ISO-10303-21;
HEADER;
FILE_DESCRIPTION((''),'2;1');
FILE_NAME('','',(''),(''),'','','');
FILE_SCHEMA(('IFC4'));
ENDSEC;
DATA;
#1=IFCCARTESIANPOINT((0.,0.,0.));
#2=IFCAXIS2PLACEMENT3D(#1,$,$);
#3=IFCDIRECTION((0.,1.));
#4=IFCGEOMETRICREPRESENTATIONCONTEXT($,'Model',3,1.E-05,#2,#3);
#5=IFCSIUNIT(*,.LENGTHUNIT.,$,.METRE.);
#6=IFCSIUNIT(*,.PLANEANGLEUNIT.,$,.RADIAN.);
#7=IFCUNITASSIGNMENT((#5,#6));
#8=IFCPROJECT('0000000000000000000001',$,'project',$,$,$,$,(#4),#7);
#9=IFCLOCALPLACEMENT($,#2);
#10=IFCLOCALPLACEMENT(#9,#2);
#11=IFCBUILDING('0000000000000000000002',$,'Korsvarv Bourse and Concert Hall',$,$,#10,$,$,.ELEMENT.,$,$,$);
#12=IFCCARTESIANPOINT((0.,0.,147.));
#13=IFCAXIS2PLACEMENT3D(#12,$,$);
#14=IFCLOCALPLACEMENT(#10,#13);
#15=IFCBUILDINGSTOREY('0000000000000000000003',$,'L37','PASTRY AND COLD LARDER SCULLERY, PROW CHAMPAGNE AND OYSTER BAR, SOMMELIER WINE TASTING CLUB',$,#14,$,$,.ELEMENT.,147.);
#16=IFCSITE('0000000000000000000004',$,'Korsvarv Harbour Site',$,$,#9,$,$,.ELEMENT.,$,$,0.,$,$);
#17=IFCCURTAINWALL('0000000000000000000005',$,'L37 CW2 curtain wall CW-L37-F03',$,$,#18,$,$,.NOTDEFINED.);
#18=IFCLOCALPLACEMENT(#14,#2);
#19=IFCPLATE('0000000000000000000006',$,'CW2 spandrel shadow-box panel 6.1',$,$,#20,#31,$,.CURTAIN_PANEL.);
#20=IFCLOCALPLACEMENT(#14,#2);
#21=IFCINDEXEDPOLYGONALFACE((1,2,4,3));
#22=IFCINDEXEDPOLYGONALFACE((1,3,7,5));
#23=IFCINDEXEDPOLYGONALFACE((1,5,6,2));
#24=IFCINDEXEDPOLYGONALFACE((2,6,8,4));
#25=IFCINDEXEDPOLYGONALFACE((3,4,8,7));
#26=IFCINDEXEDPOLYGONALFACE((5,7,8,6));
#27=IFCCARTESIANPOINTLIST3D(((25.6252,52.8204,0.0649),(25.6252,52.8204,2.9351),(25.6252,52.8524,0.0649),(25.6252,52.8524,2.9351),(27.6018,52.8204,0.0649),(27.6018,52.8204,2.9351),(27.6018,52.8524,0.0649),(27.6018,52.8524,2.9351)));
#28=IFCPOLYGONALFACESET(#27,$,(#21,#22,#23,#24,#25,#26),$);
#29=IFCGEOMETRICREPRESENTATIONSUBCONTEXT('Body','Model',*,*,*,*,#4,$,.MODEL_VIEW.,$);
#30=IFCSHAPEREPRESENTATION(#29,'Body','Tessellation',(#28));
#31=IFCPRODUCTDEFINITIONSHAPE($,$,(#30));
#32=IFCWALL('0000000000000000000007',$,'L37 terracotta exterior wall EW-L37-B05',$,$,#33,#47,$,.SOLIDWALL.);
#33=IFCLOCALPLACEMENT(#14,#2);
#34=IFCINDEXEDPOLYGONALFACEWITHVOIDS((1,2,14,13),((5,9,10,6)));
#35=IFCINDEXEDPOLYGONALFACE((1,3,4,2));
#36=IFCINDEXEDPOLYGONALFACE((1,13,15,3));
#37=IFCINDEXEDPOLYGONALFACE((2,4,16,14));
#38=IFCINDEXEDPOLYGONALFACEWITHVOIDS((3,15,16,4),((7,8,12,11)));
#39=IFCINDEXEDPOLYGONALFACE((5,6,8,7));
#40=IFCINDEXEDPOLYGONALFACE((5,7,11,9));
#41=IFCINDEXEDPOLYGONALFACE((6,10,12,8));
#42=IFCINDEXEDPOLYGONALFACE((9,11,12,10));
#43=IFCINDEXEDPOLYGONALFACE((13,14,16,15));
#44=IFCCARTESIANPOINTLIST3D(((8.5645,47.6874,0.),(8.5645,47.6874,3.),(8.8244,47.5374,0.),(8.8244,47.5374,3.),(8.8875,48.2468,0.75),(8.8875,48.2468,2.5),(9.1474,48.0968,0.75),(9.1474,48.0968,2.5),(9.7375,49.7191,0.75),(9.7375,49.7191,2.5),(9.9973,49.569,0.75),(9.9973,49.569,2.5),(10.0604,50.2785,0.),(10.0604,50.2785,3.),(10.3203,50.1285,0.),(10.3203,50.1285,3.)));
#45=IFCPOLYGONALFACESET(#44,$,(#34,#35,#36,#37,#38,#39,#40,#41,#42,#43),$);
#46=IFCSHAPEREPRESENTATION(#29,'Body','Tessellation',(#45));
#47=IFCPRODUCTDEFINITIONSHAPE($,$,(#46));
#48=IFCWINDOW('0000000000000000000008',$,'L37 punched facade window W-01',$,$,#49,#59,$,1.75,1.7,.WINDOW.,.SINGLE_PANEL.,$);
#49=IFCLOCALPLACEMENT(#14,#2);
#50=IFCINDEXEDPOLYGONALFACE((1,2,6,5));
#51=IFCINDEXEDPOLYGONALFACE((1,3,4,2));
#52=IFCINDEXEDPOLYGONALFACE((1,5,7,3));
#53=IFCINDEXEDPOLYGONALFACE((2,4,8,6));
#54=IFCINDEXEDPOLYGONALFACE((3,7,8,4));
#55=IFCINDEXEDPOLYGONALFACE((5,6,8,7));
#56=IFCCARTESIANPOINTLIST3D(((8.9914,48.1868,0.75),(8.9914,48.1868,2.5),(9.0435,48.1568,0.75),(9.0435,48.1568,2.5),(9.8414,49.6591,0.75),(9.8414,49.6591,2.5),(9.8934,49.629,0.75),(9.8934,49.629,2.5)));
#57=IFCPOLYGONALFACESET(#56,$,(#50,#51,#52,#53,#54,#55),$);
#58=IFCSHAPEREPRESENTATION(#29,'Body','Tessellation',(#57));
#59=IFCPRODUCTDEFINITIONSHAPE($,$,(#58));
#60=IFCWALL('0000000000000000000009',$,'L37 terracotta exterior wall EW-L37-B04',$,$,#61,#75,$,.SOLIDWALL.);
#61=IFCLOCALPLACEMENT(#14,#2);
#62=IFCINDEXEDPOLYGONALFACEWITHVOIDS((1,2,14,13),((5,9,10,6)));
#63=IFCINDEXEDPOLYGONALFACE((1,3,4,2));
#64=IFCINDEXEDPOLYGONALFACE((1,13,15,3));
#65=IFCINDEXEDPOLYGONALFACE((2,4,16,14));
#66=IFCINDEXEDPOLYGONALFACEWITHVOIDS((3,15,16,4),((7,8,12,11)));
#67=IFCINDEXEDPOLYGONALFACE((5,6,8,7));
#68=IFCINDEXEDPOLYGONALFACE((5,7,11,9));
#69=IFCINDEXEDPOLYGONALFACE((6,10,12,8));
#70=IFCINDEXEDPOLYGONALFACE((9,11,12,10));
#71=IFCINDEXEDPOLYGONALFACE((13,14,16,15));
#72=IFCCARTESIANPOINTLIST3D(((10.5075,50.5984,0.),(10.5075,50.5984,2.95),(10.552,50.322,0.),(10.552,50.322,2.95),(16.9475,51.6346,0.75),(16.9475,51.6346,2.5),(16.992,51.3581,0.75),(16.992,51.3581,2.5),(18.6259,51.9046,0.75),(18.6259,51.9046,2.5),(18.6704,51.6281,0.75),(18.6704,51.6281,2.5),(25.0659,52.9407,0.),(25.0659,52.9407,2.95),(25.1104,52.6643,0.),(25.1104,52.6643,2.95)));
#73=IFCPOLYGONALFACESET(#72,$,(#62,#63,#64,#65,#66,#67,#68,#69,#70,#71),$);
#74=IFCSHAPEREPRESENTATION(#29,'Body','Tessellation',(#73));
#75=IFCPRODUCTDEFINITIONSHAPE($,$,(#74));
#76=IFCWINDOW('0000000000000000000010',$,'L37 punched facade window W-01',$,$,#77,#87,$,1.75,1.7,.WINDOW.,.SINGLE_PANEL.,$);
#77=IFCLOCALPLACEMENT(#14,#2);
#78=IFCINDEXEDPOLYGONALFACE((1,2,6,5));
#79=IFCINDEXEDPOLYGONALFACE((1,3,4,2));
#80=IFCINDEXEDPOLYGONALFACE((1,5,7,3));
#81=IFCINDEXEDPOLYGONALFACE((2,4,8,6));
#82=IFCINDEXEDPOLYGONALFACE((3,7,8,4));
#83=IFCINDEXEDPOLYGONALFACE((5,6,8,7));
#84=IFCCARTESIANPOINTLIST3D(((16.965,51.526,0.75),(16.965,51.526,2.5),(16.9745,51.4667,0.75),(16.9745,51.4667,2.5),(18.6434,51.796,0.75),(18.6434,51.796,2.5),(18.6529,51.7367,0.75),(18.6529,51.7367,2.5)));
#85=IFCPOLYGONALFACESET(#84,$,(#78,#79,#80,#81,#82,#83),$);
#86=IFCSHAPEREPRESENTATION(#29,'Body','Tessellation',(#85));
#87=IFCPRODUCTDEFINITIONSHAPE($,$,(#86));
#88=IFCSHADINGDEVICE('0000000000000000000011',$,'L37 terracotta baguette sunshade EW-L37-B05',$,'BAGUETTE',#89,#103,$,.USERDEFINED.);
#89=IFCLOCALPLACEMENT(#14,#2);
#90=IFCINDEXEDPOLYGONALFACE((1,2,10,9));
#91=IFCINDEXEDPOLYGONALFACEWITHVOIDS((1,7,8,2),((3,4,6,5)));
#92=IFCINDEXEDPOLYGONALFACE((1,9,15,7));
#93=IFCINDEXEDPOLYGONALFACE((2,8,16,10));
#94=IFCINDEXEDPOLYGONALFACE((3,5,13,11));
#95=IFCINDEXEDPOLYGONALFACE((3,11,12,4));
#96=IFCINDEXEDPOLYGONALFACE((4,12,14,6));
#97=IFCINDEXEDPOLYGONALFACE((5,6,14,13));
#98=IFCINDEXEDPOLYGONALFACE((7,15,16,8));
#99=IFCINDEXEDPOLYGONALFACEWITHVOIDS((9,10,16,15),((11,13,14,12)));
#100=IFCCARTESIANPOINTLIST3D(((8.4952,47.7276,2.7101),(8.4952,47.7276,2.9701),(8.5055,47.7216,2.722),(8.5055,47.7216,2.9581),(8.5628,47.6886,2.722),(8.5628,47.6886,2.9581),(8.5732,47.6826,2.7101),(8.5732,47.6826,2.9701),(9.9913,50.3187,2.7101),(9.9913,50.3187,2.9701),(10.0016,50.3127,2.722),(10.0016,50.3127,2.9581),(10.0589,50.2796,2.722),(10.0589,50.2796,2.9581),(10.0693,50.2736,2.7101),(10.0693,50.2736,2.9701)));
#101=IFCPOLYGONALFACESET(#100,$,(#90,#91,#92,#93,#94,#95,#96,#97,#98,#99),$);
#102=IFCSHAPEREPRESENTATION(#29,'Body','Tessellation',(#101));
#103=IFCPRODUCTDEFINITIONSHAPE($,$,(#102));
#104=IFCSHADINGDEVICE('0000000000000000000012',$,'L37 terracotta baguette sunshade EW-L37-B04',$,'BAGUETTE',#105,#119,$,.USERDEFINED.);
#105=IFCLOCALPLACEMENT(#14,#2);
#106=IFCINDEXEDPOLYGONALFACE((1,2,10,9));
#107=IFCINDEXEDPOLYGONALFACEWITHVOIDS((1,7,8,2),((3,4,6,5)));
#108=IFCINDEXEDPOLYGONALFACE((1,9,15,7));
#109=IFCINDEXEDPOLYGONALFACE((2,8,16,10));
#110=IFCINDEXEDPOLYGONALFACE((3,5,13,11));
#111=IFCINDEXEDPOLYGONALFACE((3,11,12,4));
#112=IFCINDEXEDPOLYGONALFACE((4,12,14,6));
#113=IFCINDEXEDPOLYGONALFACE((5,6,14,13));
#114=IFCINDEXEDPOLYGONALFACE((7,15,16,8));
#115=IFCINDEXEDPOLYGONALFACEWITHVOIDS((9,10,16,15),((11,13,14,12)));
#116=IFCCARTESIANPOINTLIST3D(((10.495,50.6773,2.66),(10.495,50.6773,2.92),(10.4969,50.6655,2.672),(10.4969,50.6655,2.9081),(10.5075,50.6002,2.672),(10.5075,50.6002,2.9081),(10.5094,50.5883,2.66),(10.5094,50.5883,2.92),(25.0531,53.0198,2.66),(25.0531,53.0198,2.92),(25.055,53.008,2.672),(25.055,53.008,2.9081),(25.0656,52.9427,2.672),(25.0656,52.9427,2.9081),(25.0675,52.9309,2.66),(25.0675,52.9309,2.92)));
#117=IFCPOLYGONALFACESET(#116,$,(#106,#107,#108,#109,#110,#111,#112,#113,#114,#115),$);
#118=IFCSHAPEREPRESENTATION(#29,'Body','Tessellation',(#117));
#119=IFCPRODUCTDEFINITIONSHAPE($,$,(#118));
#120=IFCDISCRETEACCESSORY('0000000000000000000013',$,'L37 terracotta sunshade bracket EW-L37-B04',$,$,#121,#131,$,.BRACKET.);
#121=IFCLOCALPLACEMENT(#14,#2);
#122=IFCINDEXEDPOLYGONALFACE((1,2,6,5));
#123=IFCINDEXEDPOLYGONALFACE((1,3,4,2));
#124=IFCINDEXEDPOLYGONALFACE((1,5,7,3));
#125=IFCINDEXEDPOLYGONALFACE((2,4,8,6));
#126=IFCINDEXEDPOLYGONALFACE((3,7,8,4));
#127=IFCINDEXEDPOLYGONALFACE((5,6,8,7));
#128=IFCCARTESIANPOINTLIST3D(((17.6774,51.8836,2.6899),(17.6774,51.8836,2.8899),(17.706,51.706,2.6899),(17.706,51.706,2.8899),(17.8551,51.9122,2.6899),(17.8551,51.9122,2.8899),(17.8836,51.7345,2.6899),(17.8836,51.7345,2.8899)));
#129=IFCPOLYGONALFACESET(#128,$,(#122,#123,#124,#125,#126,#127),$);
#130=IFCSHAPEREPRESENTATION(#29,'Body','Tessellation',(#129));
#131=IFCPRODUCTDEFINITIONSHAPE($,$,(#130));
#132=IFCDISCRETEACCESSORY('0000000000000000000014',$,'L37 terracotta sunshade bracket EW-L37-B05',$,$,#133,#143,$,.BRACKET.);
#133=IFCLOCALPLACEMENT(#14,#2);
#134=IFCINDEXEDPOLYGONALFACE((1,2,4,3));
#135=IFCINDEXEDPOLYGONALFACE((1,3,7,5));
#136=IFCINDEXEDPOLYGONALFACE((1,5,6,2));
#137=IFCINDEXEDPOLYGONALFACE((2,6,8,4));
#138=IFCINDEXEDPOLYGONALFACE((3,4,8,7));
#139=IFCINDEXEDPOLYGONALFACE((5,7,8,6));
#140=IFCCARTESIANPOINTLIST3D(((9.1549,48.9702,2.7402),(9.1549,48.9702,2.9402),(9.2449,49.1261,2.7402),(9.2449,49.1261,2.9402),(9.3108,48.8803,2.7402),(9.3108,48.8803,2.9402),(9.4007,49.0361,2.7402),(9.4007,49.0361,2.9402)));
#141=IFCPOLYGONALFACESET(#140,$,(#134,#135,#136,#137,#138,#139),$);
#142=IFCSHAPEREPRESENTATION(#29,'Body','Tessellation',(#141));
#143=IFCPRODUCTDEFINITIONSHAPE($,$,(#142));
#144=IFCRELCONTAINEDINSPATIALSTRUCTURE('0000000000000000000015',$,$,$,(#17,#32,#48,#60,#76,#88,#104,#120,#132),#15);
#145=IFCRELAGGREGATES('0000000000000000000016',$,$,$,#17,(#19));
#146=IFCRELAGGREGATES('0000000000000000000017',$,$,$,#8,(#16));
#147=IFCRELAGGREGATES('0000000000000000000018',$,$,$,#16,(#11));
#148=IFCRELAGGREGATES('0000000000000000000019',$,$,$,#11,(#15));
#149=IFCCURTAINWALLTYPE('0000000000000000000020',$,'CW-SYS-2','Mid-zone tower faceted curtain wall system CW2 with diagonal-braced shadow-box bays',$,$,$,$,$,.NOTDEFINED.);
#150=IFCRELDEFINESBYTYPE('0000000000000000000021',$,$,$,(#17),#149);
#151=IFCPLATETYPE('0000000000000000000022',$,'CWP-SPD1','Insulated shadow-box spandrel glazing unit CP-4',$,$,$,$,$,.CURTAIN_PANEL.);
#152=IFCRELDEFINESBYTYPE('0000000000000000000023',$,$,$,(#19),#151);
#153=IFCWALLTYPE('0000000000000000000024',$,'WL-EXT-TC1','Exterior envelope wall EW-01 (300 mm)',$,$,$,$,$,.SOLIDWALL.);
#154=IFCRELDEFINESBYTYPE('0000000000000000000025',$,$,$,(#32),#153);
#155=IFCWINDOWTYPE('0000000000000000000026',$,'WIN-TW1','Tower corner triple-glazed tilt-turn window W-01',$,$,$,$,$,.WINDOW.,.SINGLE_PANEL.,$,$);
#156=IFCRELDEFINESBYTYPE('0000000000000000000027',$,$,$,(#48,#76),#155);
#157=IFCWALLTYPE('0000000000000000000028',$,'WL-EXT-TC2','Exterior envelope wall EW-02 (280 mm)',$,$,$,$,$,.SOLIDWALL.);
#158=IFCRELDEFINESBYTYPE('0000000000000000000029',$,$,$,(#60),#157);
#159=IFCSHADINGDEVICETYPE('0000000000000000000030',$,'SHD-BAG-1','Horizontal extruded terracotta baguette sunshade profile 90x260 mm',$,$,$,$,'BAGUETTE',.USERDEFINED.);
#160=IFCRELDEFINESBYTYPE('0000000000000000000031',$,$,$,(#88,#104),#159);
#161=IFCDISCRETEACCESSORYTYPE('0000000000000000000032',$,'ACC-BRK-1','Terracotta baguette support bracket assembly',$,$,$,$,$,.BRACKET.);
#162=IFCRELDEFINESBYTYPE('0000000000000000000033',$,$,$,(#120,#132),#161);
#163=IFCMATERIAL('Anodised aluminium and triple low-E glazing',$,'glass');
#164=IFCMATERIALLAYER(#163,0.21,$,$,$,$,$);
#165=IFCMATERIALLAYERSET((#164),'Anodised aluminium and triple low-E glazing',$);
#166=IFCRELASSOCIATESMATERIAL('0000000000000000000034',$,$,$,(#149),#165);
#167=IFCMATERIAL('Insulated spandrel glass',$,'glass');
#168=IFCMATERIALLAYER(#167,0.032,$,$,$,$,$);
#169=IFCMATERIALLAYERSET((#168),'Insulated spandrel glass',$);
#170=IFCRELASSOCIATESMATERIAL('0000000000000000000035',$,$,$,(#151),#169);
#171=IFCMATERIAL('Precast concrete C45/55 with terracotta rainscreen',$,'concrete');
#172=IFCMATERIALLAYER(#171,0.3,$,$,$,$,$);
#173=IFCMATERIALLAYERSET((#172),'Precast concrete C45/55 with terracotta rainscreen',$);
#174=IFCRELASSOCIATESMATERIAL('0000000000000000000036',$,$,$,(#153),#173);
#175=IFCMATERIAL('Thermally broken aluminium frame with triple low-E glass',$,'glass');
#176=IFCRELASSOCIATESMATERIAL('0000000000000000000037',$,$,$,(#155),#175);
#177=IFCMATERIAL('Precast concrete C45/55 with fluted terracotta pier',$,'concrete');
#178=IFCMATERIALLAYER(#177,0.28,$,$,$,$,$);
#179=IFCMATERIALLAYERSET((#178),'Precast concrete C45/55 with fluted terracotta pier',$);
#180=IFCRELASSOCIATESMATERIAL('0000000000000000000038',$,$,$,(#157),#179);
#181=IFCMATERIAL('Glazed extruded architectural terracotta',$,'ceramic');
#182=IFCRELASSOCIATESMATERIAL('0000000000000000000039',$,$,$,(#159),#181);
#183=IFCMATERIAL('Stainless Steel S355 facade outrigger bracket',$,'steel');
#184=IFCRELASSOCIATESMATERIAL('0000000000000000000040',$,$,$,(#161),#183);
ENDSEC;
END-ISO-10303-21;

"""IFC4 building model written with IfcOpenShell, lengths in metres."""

from ifc_helpers import new_model, si_unit, direction, frame, frame_2d, origin, origin_2d, place, context, subcontext, project, spatial, rectangle, hollow_rectangle, extrude, source, transform, mapped, material, layer, layer_set, material_profile, profile_set, type_object, element, fill, aggregate, save


model = new_model("IFC4")

# Units and contexts
model_context = context("Model", 3, precision=1e-05, world=origin(), true_north=direction((0.0, 1.0)))
body_context = subcontext(model_context, "Body", "Model", "MODEL_VIEW")
ifc_project = project(units=[si_unit("LENGTHUNIT", "METRE"), si_unit("PLANEANGLEUNIT", "RADIAN")], contexts=[model_context])

# Site, building, storey
site_placement = place(None, origin())
site = spatial("IfcSite", under=ifc_project, at=site_placement, Name="Korsvarv Harbour Site", CompositionType="ELEMENT", RefElevation=0.0)
building_placement = place(site_placement, origin())
building = spatial("IfcBuilding", under=site, at=building_placement, Name="Korsvarv Bourse and Concert Hall", CompositionType="ELEMENT")
storey_placement = place(building_placement, frame((0.0, 0.0, 147.0)))
storey = spatial("IfcBuildingStorey", under=building, at=storey_placement, Name="L37", Description="PASTRY AND COLD LARDER SCULLERY, PROW CHAMPAGNE AND OYSTER BAR, SOMMELIER WINE TASTING CLUB", CompositionType="ELEMENT", Elevation=147.0)

# Curtain wall, plate
ifc_material_1 = material(Name="Anodised aluminium and triple low-E glazing", Category="glass")
ifc_layer_1 = layer(ifc_material_1, 0.21)
ifc_layer_set_1 = layer_set([ifc_layer_1], Name="Anodised aluminium and triple low-E glazing")
curtain_wall_type = type_object("IfcCurtainWallType", Name="CW-SYS-2", Description="Mid-zone tower faceted curtain wall system CW2 with diagonal-braced shadow-box bays", PredefinedType="NOTDEFINED", material=ifc_layer_set_1)
curtain_wall_placement = place(storey_placement, origin())
curtain_wall = element("IfcCurtainWall", 1, at=curtain_wall_placement, inside=storey, type_object=curtain_wall_type, Name="L37 CW2 curtain wall CW-L37-F03", PredefinedType="NOTDEFINED")
ifc_material_2 = material(Name="Insulated spandrel glass", Category="glass")
ifc_layer_2 = layer(ifc_material_2, 0.032)
ifc_layer_set_2 = layer_set([ifc_layer_2], Name="Insulated spandrel glass")
plate_type = type_object("IfcPlateType", Name="CWP-SPD1", Description="Insulated shadow-box spandrel glazing unit CP-4", PredefinedType="CURTAIN_PANEL", material=ifc_layer_set_2)
shared_shape_1 = source(origin(), body_context, "Body", "SweptSolid", [
    extrude(rectangle(XDim=1.9766, YDim=0.032, at=origin_2d()), origin(), (0.0, 0.0, 1.0), 2.8701),
])
plate_placement = place(storey_placement, frame((26.6135, 52.8364, 0.0649), z_axis=(0.0, 0.0, 1.0), x_axis=(-1.0, 0.0, 0.0)))
plate = element("IfcPlate", 2, at=plate_placement, type_object=plate_type, Name="CW2 spandrel shadow-box panel 6.1", PredefinedType="CURTAIN_PANEL", context=body_context, shape_type="MappedRepresentation", body=[
    mapped(shared_shape_1, transform((0.0, 0.0, 0.0), scale=1.0)),
])
aggregate(curtain_wall, [plate])

# Walls, openings, windows
ifc_material_3 = material(Name="Precast concrete C45/55 with terracotta rainscreen", Category="concrete")
ifc_layer_3 = layer(ifc_material_3, 0.3)
ifc_layer_set_3 = layer_set([ifc_layer_3], Name="Precast concrete C45/55 with terracotta rainscreen")
wall_type_1 = type_object("IfcWallType", Name="WL-EXT-TC1", Description="Exterior envelope wall EW-01 (300 mm)", PredefinedType="SOLIDWALL", material=ifc_layer_set_3)
wall_1_placement = place(storey_placement, frame((10.1904, 50.2036, 0.0), z_axis=(0.0, 0.0, 1.0), x_axis=(-0.499974, -0.86604, 0.0)))
wall_1 = element("IfcWall", 3, at=wall_1_placement, inside=storey, type_object=wall_type_1, Name="L37 terracotta exterior wall EW-L37-B05", PredefinedType="SOLIDWALL", context=body_context, shape_type="SweptSolid", body=[
    extrude(rectangle(XDim=2.9919, YDim=0.3, at=frame_2d((1.4961, 0.0))), origin(), (0.0, 0.0, 1.0), 3.0),
])
opening_1_placement = place(wall_1_placement, frame((0.646, 0.0, 0.75)))
opening_1 = element("IfcOpeningElement", 4, at=opening_1_placement, cuts=wall_1, PredefinedType="OPENING", context=body_context, shape_type="SweptSolid", body=[
    extrude(rectangle(XDim=1.7, YDim=1.75, at=frame_2d((0.8501, 0.875))), frame((0.0, 0.1602, 0.0), z_axis=(0.0, -1.0, 0.0), x_axis=(1.0, 0.0, 0.0)), (0.0, 0.0, 1.0), 0.3201),
])
ifc_material_4 = material(Name="Thermally broken aluminium frame with triple low-E glass", Category="glass")
window_type = type_object("IfcWindowType", Name="WIN-TW1", Description="Tower corner triple-glazed tilt-turn window W-01", PartitioningType="SINGLE_PANEL", PredefinedType="WINDOW", material=ifc_material_4)
window_1_placement = place(opening_1_placement, origin())
window_1 = element("IfcWindow", 5, at=window_1_placement, inside=storey, type_object=window_type, Name="L37 punched facade window W-01", OverallHeight=1.75, OverallWidth=1.7, PartitioningType="SINGLE_PANEL", PredefinedType="WINDOW", context=body_context, shape_type="SweptSolid", body=[
    extrude(rectangle(XDim=1.7, YDim=1.75, at=frame_2d((0.8501, 0.875))), frame((0.0, 0.03, 0.0), z_axis=(0.0, -1.0, 0.0), x_axis=(1.0, 0.0, 0.0)), (0.0, 0.0, 1.0), 0.0601),
])
fill(opening_1, window_1)
ifc_material_5 = material(Name="Precast concrete C45/55 with fluted terracotta pier", Category="concrete")
ifc_layer_4 = layer(ifc_material_5, 0.28)
ifc_layer_set_4 = layer_set([ifc_layer_4], Name="Precast concrete C45/55 with fluted terracotta pier")
wall_type_2 = type_object("IfcWallType", Name="WL-EXT-TC2", Description="Exterior envelope wall EW-02 (280 mm)", PredefinedType="SOLIDWALL", material=ifc_layer_set_4)
wall_2_placement = place(storey_placement, frame((25.0881, 52.8025, 0.0), z_axis=(0.0, 0.0, 1.0), x_axis=(-0.987303, -0.158847, 0.0)))
wall_2 = element("IfcWall", 6, at=wall_2_placement, inside=storey, type_object=wall_type_2, Name="L37 terracotta exterior wall EW-L37-B04", PredefinedType="SOLIDWALL", context=body_context, shape_type="SweptSolid", body=[
    extrude(rectangle(XDim=14.7456, YDim=0.28, at=frame_2d((7.3728, 0.0))), origin(), (0.0, 0.0, 1.0), 2.95),
])
opening_2_placement = place(wall_2_placement, frame((6.5227, 0.0, 0.75)))
opening_2 = element("IfcOpeningElement", 7, at=opening_2_placement, cuts=wall_2, PredefinedType="OPENING", context=body_context, shape_type="SweptSolid", body=[
    extrude(rectangle(XDim=1.7, YDim=1.75, at=frame_2d((0.8501, 0.875))), frame((0.0, 0.1499, 0.0), z_axis=(0.0, -1.0, 0.0), x_axis=(1.0, 0.0, 0.0)), (0.0, 0.0, 1.0), 0.3),
])
window_2_placement = place(opening_2_placement, origin())
window_2 = element("IfcWindow", 8, at=window_2_placement, inside=storey, type_object=window_type, Name="L37 punched facade window W-01", OverallHeight=1.75, OverallWidth=1.7, PartitioningType="SINGLE_PANEL", PredefinedType="WINDOW", context=body_context, shape_type="SweptSolid", body=[
    extrude(rectangle(XDim=1.7, YDim=1.75, at=frame_2d((0.8501, 0.875))), frame((0.0, 0.03, 0.0), z_axis=(0.0, -1.0, 0.0), x_axis=(1.0, 0.0, 0.0)), (0.0, 0.0, 1.0), 0.0601),
])
fill(opening_2, window_2)

# Shading devices
ifc_material_6 = material(Name="Glazed extruded architectural terracotta", Category="ceramic")
ifc_material_profile_1 = material_profile(ifc_material_6, hollow_rectangle(XDim=0.0901, YDim=0.26, WallThickness=0.012, at=origin_2d()), Name="TC-BAG 90x260")
ifc_profile_set_1 = profile_set([ifc_material_profile_1], Name="Glazed extruded architectural terracotta")
shading_device_type = type_object("IfcShadingDeviceType", Name="SHD-BAG-1", Description="Horizontal extruded terracotta baguette sunshade profile 90x260 mm", ElementType="BAGUETTE", PredefinedType="USERDEFINED", material=ifc_profile_set_1)
shared_shape_2 = source(origin(), body_context, "Body", "SweptSolid", [
    extrude(hollow_rectangle(XDim=0.0901, YDim=0.26, WallThickness=0.012, at=origin_2d()), origin(), (0.0, 0.0, 1.0), 2.9919),
])
shading_device_1_placement = place(storey_placement, frame((10.0303, 50.2961, 2.8401), z_axis=(-0.500036, -0.866005, 0.0), x_axis=(0.866005, -0.500036, 0.0)))
element("IfcShadingDevice", 9, at=shading_device_1_placement, inside=storey, type_object=shading_device_type, Name="L37 terracotta baguette sunshade EW-L37-B05", ObjectType="BAGUETTE", PredefinedType="USERDEFINED", context=body_context, shape_type="MappedRepresentation", body=[
    mapped(shared_shape_2, transform((0.0, 0.0, 0.0), scale=1.0)),
])
shared_shape_3 = source(origin(), body_context, "Body", "SweptSolid", [
    extrude(hollow_rectangle(XDim=0.0901, YDim=0.26, WallThickness=0.012, at=origin_2d()), origin(), (0.0, 0.0, 1.0), 14.7454),
])
shading_device_2_placement = place(storey_placement, frame((25.0603, 52.9753, 2.79), z_axis=(-0.9873, -0.158865, 0.0), x_axis=(0.158865, -0.9873, 0.0)))
element("IfcShadingDevice", 10, at=shading_device_2_placement, inside=storey, type_object=shading_device_type, Name="L37 terracotta baguette sunshade EW-L37-B04", ObjectType="BAGUETTE", PredefinedType="USERDEFINED", context=body_context, shape_type="MappedRepresentation", body=[
    mapped(shared_shape_3, transform((0.0, 0.0, 0.0), scale=1.0)),
])

# Discrete accessories
ifc_material_7 = material(Name="Stainless Steel S355 facade outrigger bracket", Category="steel")
discrete_accessory_type = type_object("IfcDiscreteAccessoryType", Name="ACC-BRK-1", Description="Terracotta baguette support bracket assembly", PredefinedType="BRACKET", material=ifc_material_7)
shared_shape_4 = source(origin(), body_context, "Body", "SweptSolid", [
    extrude(rectangle(XDim=0.1799, YDim=0.1799, at=origin_2d()), origin(), (0.0, 0.0, 1.0), 0.2),
])
for number, where, z_axis, x_axis, name in (
    (11, (17.7805, 51.8091, 2.6899), (0.0, 0.0, 1.0), (-0.987303, -0.158847, 0.0), "L37 terracotta sunshade bracket EW-L37-B04"),
    (12, (9.2778, 49.0032, 2.7402), (0.0, 0.0, 1.0), (-0.5, -0.866025, 0.0), "L37 terracotta sunshade bracket EW-L37-B05"),
):
    element("IfcDiscreteAccessory", number, at=place(storey_placement, frame(where, z_axis=z_axis, x_axis=x_axis)), inside=storey, type_object=discrete_accessory_type, Name=name, PredefinedType="BRACKET", context=body_context, shape_type="MappedRepresentation", body=[
        mapped(shared_shape_4, transform((0.0, 0.0, 0.0), scale=1.0)),
    ])

save(model, "model.ifc")
